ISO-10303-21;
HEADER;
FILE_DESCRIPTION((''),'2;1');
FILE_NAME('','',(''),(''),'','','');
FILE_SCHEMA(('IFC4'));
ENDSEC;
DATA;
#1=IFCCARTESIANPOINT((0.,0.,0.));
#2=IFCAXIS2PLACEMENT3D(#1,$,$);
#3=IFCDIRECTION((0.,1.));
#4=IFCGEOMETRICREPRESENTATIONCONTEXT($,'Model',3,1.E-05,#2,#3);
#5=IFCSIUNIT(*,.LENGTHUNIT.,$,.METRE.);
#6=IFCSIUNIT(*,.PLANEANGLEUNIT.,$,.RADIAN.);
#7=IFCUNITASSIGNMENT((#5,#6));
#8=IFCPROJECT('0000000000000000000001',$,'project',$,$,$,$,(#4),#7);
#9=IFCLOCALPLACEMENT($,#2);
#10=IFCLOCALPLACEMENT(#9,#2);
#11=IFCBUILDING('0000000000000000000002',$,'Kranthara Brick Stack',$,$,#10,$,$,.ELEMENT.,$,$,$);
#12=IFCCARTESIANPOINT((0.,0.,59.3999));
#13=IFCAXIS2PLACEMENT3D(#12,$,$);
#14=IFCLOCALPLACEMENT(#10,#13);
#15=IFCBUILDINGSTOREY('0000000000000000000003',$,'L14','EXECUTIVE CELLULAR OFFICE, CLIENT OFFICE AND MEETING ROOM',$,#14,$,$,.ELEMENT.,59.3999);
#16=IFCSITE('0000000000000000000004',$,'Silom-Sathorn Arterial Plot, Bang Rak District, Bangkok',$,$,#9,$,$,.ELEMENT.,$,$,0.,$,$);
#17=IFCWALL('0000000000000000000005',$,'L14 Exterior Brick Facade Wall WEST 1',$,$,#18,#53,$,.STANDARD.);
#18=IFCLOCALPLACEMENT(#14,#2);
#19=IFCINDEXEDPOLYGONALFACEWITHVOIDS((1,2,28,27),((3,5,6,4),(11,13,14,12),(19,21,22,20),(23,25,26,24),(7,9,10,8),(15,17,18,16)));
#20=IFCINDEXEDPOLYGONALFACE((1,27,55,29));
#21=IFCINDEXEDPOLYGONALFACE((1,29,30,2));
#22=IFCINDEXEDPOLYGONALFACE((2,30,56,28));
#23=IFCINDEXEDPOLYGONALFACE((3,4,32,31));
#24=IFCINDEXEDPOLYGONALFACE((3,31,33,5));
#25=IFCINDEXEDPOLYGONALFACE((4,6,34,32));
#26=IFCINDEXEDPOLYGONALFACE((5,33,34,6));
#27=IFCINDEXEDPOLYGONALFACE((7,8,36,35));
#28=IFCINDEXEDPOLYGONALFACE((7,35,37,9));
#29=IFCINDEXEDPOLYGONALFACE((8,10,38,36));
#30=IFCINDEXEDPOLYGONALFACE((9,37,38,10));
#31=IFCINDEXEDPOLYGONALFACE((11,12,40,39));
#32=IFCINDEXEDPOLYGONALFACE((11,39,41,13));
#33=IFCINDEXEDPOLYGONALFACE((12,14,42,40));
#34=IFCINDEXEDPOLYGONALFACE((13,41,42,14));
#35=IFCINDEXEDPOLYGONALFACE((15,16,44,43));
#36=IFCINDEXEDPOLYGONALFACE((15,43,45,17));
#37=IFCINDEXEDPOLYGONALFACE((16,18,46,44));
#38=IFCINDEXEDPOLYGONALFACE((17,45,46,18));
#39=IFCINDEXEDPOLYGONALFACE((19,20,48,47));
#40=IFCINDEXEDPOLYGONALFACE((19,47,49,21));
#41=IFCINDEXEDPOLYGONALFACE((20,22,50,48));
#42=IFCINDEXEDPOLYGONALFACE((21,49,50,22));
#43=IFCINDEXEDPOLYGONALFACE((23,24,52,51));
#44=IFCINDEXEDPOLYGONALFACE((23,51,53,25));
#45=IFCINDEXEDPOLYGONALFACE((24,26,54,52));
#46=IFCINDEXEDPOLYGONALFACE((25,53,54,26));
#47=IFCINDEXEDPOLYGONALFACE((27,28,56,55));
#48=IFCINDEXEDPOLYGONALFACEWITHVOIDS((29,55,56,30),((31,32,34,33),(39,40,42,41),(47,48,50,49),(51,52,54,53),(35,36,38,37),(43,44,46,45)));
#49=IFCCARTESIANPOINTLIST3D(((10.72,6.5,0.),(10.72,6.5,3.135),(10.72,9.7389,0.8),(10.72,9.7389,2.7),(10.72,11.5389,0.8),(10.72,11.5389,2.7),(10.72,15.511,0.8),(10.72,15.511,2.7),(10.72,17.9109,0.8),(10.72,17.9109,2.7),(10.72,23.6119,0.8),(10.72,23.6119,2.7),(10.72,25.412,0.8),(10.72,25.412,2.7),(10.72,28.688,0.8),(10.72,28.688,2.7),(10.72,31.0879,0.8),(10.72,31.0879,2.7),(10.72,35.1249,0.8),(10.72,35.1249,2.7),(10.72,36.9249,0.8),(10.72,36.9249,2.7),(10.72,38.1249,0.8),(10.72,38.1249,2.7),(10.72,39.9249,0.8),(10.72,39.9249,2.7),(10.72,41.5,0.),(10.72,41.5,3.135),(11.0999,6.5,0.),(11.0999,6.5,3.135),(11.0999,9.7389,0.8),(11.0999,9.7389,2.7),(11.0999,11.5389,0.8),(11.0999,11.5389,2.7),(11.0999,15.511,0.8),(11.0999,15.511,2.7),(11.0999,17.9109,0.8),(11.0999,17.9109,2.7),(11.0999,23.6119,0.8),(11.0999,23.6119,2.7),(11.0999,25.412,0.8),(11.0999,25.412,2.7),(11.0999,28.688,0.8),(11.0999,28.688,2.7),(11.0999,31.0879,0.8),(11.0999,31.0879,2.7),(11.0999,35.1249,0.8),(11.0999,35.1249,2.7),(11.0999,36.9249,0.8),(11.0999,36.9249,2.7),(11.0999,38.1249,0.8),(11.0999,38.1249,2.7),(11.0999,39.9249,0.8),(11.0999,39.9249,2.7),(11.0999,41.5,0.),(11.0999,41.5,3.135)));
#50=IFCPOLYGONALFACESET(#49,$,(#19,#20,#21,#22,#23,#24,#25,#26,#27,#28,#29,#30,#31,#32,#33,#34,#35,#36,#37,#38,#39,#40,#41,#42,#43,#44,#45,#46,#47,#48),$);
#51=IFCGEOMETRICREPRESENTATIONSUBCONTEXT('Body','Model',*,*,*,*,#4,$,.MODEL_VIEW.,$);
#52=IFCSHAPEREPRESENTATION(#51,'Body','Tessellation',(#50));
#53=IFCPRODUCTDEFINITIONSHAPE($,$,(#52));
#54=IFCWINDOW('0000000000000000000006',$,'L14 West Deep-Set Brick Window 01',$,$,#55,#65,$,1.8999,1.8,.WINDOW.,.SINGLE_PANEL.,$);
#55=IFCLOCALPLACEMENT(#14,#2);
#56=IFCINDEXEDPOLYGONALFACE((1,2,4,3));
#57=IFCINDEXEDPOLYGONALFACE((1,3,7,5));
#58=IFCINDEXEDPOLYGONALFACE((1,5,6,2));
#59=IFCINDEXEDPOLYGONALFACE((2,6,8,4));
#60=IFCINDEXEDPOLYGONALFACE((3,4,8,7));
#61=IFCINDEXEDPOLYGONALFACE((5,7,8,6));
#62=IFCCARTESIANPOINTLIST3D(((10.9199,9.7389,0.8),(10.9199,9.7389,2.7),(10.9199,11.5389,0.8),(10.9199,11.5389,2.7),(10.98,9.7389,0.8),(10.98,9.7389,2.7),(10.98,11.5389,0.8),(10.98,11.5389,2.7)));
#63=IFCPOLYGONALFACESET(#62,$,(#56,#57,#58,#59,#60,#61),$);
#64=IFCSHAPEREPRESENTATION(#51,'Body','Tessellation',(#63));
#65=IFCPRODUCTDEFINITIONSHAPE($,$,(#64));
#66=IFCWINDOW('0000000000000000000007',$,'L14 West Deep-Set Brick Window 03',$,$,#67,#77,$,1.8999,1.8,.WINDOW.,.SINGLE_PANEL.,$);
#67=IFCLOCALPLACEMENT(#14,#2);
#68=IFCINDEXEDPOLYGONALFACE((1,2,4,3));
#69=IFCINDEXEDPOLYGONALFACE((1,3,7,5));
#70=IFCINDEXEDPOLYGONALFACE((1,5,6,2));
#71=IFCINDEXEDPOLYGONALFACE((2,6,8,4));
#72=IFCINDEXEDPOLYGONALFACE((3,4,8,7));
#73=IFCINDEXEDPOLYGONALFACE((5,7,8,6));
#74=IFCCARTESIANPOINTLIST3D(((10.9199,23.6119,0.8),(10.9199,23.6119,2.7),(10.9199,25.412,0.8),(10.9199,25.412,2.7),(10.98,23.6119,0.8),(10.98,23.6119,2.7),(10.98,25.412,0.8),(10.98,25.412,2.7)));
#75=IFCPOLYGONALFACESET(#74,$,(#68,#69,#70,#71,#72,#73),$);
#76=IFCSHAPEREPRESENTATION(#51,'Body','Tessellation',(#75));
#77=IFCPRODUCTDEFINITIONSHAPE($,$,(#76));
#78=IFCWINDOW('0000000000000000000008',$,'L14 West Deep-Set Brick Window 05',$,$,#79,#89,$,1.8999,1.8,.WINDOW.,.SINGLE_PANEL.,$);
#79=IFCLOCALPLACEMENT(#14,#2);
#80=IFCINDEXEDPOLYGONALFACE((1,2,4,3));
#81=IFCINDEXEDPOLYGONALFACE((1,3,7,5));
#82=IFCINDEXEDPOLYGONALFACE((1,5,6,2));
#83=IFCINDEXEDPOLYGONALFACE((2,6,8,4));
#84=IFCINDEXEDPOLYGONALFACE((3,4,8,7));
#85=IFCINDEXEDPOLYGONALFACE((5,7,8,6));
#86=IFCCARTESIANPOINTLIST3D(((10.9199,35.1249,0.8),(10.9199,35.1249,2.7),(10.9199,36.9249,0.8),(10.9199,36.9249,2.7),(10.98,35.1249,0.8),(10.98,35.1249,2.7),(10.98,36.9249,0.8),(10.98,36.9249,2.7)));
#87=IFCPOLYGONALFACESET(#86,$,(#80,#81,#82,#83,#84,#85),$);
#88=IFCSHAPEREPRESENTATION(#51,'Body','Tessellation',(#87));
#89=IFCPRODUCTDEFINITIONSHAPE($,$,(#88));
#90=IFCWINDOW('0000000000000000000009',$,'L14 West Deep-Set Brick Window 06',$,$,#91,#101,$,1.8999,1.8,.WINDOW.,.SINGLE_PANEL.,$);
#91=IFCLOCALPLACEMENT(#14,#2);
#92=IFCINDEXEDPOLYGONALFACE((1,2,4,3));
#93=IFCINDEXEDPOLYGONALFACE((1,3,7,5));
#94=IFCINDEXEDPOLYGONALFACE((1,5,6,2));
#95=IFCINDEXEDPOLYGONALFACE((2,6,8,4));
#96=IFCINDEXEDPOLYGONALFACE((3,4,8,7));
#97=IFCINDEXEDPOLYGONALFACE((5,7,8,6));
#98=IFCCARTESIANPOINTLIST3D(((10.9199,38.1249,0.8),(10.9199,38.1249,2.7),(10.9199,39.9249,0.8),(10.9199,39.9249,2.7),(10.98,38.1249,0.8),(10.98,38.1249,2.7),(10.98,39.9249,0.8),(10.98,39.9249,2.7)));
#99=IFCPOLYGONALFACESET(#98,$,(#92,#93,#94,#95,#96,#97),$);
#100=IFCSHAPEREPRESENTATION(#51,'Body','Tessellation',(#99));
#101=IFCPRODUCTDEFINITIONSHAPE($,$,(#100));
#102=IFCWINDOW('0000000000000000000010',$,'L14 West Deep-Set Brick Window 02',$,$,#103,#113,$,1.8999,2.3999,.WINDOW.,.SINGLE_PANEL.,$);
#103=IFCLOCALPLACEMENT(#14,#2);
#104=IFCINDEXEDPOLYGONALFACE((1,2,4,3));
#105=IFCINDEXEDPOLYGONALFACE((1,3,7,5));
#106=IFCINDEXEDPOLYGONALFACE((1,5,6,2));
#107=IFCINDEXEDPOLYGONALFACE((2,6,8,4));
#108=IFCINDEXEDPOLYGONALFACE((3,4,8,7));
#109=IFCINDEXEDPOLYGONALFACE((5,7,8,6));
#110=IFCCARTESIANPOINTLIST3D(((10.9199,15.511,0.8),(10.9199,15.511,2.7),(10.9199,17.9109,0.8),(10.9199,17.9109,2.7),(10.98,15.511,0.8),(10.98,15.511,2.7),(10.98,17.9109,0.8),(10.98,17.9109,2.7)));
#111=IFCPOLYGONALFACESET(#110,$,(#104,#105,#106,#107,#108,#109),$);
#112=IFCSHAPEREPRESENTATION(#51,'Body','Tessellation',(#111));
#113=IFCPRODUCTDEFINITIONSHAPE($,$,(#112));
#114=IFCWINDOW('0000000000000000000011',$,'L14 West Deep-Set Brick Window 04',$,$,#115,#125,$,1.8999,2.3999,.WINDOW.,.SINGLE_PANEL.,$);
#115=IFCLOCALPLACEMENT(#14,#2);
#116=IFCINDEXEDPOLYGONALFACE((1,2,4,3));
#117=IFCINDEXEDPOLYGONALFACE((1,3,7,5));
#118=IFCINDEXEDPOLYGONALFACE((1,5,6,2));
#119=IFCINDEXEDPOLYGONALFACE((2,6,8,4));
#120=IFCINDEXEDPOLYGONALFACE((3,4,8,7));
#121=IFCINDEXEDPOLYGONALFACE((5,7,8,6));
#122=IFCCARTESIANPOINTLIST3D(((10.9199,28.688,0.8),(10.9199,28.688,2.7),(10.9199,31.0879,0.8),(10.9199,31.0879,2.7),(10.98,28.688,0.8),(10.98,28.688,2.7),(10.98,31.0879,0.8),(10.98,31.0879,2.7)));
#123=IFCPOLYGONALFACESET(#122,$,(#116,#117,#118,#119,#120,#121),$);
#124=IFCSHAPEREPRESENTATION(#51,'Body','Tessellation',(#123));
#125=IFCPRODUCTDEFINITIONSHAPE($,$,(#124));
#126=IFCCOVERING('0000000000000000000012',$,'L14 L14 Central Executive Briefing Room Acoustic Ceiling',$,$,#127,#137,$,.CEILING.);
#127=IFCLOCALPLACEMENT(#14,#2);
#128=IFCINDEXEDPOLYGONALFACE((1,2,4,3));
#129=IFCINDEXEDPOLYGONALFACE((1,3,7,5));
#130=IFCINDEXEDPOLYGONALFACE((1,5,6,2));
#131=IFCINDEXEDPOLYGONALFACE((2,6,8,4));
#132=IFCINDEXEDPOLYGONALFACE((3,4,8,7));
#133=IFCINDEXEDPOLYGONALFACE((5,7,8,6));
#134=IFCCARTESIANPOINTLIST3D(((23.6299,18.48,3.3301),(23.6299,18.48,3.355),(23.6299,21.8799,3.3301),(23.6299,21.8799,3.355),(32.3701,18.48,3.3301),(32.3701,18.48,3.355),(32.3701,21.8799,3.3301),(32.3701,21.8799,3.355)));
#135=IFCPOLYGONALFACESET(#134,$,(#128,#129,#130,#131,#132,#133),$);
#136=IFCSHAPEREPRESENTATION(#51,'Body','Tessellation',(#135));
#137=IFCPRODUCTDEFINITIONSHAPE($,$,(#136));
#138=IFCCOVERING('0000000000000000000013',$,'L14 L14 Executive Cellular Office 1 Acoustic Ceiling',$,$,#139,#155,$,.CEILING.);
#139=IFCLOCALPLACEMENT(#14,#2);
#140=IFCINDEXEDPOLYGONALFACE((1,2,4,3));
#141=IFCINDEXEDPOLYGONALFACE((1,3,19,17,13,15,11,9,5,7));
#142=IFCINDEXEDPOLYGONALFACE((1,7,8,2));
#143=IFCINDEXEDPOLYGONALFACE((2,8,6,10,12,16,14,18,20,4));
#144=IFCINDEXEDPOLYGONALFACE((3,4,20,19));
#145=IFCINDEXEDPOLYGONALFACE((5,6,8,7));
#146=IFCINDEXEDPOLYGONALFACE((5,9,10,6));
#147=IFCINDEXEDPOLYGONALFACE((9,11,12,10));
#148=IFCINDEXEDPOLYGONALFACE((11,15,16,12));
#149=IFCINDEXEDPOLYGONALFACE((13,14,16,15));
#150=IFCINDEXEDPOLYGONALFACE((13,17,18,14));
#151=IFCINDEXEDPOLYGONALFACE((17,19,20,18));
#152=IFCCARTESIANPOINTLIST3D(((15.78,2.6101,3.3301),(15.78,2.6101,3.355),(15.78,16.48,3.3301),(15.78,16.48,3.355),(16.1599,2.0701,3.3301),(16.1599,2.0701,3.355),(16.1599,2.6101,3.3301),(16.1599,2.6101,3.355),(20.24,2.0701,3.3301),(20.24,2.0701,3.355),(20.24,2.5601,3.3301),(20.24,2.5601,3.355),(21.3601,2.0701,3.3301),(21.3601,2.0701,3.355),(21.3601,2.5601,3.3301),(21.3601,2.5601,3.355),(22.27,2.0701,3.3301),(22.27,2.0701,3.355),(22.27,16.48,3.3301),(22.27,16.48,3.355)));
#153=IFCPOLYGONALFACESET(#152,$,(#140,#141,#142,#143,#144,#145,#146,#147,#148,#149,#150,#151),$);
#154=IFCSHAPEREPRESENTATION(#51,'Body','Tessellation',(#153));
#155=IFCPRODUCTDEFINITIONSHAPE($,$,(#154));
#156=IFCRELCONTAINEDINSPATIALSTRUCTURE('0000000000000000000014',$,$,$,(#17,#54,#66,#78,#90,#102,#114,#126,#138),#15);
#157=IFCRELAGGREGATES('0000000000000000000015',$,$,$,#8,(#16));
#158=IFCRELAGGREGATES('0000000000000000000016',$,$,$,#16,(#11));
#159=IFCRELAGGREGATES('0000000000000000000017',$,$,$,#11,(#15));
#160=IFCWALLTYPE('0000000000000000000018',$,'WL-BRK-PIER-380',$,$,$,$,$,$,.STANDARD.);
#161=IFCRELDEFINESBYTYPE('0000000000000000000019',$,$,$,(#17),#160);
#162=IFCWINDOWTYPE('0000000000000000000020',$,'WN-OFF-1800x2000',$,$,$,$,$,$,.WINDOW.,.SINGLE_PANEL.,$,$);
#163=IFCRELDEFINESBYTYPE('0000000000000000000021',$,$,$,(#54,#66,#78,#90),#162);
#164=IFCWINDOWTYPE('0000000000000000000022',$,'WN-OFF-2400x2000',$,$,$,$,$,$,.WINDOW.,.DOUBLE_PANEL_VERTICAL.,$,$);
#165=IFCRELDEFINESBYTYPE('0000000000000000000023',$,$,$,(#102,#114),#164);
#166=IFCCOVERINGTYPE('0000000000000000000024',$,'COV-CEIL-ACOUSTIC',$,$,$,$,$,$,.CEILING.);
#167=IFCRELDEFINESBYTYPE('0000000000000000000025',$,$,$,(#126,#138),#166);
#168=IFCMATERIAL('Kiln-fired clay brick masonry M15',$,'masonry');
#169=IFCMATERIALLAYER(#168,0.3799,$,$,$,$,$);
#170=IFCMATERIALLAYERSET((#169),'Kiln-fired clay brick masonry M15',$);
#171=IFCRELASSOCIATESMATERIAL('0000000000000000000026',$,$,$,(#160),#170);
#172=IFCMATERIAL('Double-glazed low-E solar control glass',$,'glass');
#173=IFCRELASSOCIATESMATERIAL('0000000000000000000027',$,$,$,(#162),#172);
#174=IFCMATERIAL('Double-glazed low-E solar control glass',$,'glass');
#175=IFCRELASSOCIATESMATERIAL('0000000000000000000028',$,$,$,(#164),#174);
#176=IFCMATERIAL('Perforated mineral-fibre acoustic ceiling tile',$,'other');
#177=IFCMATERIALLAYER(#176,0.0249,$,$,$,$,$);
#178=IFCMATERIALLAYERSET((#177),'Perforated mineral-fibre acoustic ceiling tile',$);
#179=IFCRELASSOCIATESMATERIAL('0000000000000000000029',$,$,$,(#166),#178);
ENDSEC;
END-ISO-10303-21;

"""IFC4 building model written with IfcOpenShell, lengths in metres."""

from ifc_helpers import new_model, si_unit, direction, frame, frame_2d, origin, place, context, subcontext, project, spatial, polyline, rectangle, outline, extrude, material, layer, layer_set, type_object, element, fill, save


model = new_model("IFC4")

# Units and contexts
model_context = context("Model", 3, precision=1e-05, world=origin(), true_north=direction((0.0, 1.0)))
body_context = subcontext(model_context, "Body", "Model", "MODEL_VIEW")
ifc_project = project(units=[si_unit("LENGTHUNIT", "METRE"), si_unit("PLANEANGLEUNIT", "RADIAN")], contexts=[model_context])

# Site, building, storey
site_placement = place(None, origin())
site = spatial("IfcSite", under=ifc_project, at=site_placement, Name="Silom-Sathorn Arterial Plot, Bang Rak District, Bangkok", CompositionType="ELEMENT", RefElevation=0.0)
building_placement = place(site_placement, origin())
building = spatial("IfcBuilding", under=site, at=building_placement, Name="Kranthara Brick Stack", CompositionType="ELEMENT")
storey_placement = place(building_placement, frame((0.0, 0.0, 59.3999)))
storey = spatial("IfcBuildingStorey", under=building, at=storey_placement, Name="L14", Description="EXECUTIVE CELLULAR OFFICE, CLIENT OFFICE AND MEETING ROOM", CompositionType="ELEMENT", Elevation=59.3999)

# Wall, openings, windows
ifc_material_1 = material(Name="Kiln-fired clay brick masonry M15", Category="masonry")
ifc_layer_1 = layer(ifc_material_1, 0.3799)
ifc_layer_set_1 = layer_set([ifc_layer_1], Name="Kiln-fired clay brick masonry M15")
wall_type = type_object("IfcWallType", Name="WL-BRK-PIER-380", PredefinedType="STANDARD", material=ifc_layer_set_1)
wall_placement = place(storey_placement, frame((10.9099, 6.5, 0.0), z_axis=(0.0, 0.0, 1.0), x_axis=(0.0, 1.0, 0.0)))
wall = element("IfcWall", 1, at=wall_placement, inside=storey, type_object=wall_type, Name="L14 Exterior Brick Facade Wall WEST 1", PredefinedType="STANDARD", context=body_context, shape_type="SweptSolid", body=[
    extrude(rectangle(XDim=35.0, YDim=0.3799, at=frame_2d((17.5, 0.0))), origin(), (0.0, 0.0, 1.0), 3.135),
])
opening_1_placement = place(wall_placement, frame((3.239, 0.0, 0.8)))
opening_1 = element("IfcOpeningElement", 2, at=opening_1_placement, cuts=wall, PredefinedType="OPENING", context=body_context, shape_type="SweptSolid", body=[
    extrude(rectangle(XDim=1.8, YDim=1.8999, at=frame_2d((0.8999, 0.95))), frame((0.0, 0.2, 0.0), z_axis=(0.0, -1.0, 0.0), x_axis=(1.0, 0.0, 0.0)), (0.0, 0.0, 1.0), 0.3999),
])
opening_2_placement = place(wall_placement, frame((9.011, 0.0, 0.8)))
opening_2 = element("IfcOpeningElement", 3, at=opening_2_placement, cuts=wall, PredefinedType="OPENING", context=body_context, shape_type="SweptSolid", body=[
    extrude(rectangle(XDim=2.3999, YDim=1.8999, at=frame_2d((1.2, 0.95))), frame((0.0, 0.2, 0.0), z_axis=(0.0, -1.0, 0.0), x_axis=(1.0, 0.0, 0.0)), (0.0, 0.0, 1.0), 0.3999),
])
opening_3_placement = place(wall_placement, frame((17.1121, 0.0, 0.8)))
opening_3 = element("IfcOpeningElement", 4, at=opening_3_placement, cuts=wall, PredefinedType="OPENING", context=body_context, shape_type="SweptSolid", body=[
    extrude(rectangle(XDim=1.8, YDim=1.8999, at=frame_2d((0.8999, 0.95))), frame((0.0, 0.2, 0.0), z_axis=(0.0, -1.0, 0.0), x_axis=(1.0, 0.0, 0.0)), (0.0, 0.0, 1.0), 0.3999),
])
opening_4_placement = place(wall_placement, frame((22.188, 0.0, 0.8)))
opening_4 = element("IfcOpeningElement", 5, at=opening_4_placement, cuts=wall, PredefinedType="OPENING", context=body_context, shape_type="SweptSolid", body=[
    extrude(rectangle(XDim=2.3999, YDim=1.8999, at=frame_2d((1.2, 0.95))), frame((0.0, 0.2, 0.0), z_axis=(0.0, -1.0, 0.0), x_axis=(1.0, 0.0, 0.0)), (0.0, 0.0, 1.0), 0.3999),
])
opening_5_placement = place(wall_placement, frame((28.625, 0.0, 0.8)))
opening_5 = element("IfcOpeningElement", 6, at=opening_5_placement, cuts=wall, PredefinedType="OPENING", context=body_context, shape_type="SweptSolid", body=[
    extrude(rectangle(XDim=1.8, YDim=1.8999, at=frame_2d((0.8999, 0.95))), frame((0.0, 0.2, 0.0), z_axis=(0.0, -1.0, 0.0), x_axis=(1.0, 0.0, 0.0)), (0.0, 0.0, 1.0), 0.3999),
])
opening_6_placement = place(wall_placement, frame((31.625, 0.0, 0.8)))
opening_6 = element("IfcOpeningElement", 7, at=opening_6_placement, cuts=wall, PredefinedType="OPENING", context=body_context, shape_type="SweptSolid", body=[
    extrude(rectangle(XDim=1.8, YDim=1.8999, at=frame_2d((0.8999, 0.95))), frame((0.0, 0.2, 0.0), z_axis=(0.0, -1.0, 0.0), x_axis=(1.0, 0.0, 0.0)), (0.0, 0.0, 1.0), 0.3999),
])
ifc_material_2 = material(Name="Double-glazed low-E solar control glass", Category="glass")
window_type_1 = type_object("IfcWindowType", Name="WN-OFF-1800x2000", PartitioningType="SINGLE_PANEL", PredefinedType="WINDOW", material=ifc_material_2)
window_1_placement = place(opening_1_placement, origin())
window_1 = element("IfcWindow", 8, at=window_1_placement, inside=storey, type_object=window_type_1, Name="L14 West Deep-Set Brick Window 01", OverallHeight=1.8999, OverallWidth=1.8, PartitioningType="SINGLE_PANEL", PredefinedType="WINDOW", context=body_context, shape_type="SweptSolid", body=[
    extrude(rectangle(XDim=1.8, YDim=1.8999, at=frame_2d((0.8999, 0.95))), frame((0.0, -0.01, 0.0), z_axis=(0.0, -1.0, 0.0), x_axis=(1.0, 0.0, 0.0)), (0.0, 0.0, 1.0), 0.0601),
])
fill(opening_1, window_1)
window_2_placement = place(opening_3_placement, origin())
window_2 = element("IfcWindow", 9, at=window_2_placement, inside=storey, type_object=window_type_1, Name="L14 West Deep-Set Brick Window 03", OverallHeight=1.8999, OverallWidth=1.8, PartitioningType="SINGLE_PANEL", PredefinedType="WINDOW", context=body_context, shape_type="SweptSolid", body=[
    extrude(rectangle(XDim=1.8, YDim=1.8999, at=frame_2d((0.8999, 0.95))), frame((0.0, -0.01, 0.0), z_axis=(0.0, -1.0, 0.0), x_axis=(1.0, 0.0, 0.0)), (0.0, 0.0, 1.0), 0.0601),
])
fill(opening_3, window_2)
window_3_placement = place(opening_5_placement, origin())
window_3 = element("IfcWindow", 10, at=window_3_placement, inside=storey, type_object=window_type_1, Name="L14 West Deep-Set Brick Window 05", OverallHeight=1.8999, OverallWidth=1.8, PartitioningType="SINGLE_PANEL", PredefinedType="WINDOW", context=body_context, shape_type="SweptSolid", body=[
    extrude(rectangle(XDim=1.8, YDim=1.8999, at=frame_2d((0.8999, 0.95))), frame((0.0, -0.01, 0.0), z_axis=(0.0, -1.0, 0.0), x_axis=(1.0, 0.0, 0.0)), (0.0, 0.0, 1.0), 0.0601),
])
fill(opening_5, window_3)
window_4_placement = place(opening_6_placement, origin())
window_4 = element("IfcWindow", 11, at=window_4_placement, inside=storey, type_object=window_type_1, Name="L14 West Deep-Set Brick Window 06", OverallHeight=1.8999, OverallWidth=1.8, PartitioningType="SINGLE_PANEL", PredefinedType="WINDOW", context=body_context, shape_type="SweptSolid", body=[
    extrude(rectangle(XDim=1.8, YDim=1.8999, at=frame_2d((0.8999, 0.95))), frame((0.0, -0.01, 0.0), z_axis=(0.0, -1.0, 0.0), x_axis=(1.0, 0.0, 0.0)), (0.0, 0.0, 1.0), 0.0601),
])
fill(opening_6, window_4)
ifc_material_3 = material(Name="Double-glazed low-E solar control glass", Category="glass")
window_type_2 = type_object("IfcWindowType", Name="WN-OFF-2400x2000", PartitioningType="DOUBLE_PANEL_VERTICAL", PredefinedType="WINDOW", material=ifc_material_3)
window_5_placement = place(opening_2_placement, origin())
window_5 = element("IfcWindow", 12, at=window_5_placement, inside=storey, type_object=window_type_2, Name="L14 West Deep-Set Brick Window 02", OverallHeight=1.8999, OverallWidth=2.3999, PartitioningType="SINGLE_PANEL", PredefinedType="WINDOW", context=body_context, shape_type="SweptSolid", body=[
    extrude(rectangle(XDim=2.3999, YDim=1.8999, at=frame_2d((1.2, 0.95))), frame((0.0, -0.01, 0.0), z_axis=(0.0, -1.0, 0.0), x_axis=(1.0, 0.0, 0.0)), (0.0, 0.0, 1.0), 0.0601),
])
fill(opening_2, window_5)
window_6_placement = place(opening_4_placement, origin())
window_6 = element("IfcWindow", 13, at=window_6_placement, inside=storey, type_object=window_type_2, Name="L14 West Deep-Set Brick Window 04", OverallHeight=1.8999, OverallWidth=2.3999, PartitioningType="SINGLE_PANEL", PredefinedType="WINDOW", context=body_context, shape_type="SweptSolid", body=[
    extrude(rectangle(XDim=2.3999, YDim=1.8999, at=frame_2d((1.2, 0.95))), frame((0.0, -0.01, 0.0), z_axis=(0.0, -1.0, 0.0), x_axis=(1.0, 0.0, 0.0)), (0.0, 0.0, 1.0), 0.0601),
])
fill(opening_4, window_6)

# Coverings
ifc_material_4 = material(Name="Perforated mineral-fibre acoustic ceiling tile", Category="other")
ifc_layer_2 = layer(ifc_material_4, 0.0249)
ifc_layer_set_2 = layer_set([ifc_layer_2], Name="Perforated mineral-fibre acoustic ceiling tile")
covering_type_1 = type_object("IfcCoveringType", Name="COV-CEIL-ACOUSTIC", PredefinedType="CEILING", material=ifc_layer_set_2)
covering_1_placement = place(storey_placement, frame((0.0, 0.0, 3.3301)))
element("IfcCovering", 14, at=covering_1_placement, inside=storey, type_object=covering_type_1, Name="L14 L14 Central Executive Briefing Room Acoustic Ceiling", PredefinedType="CEILING", context=body_context, shape_type="SweptSolid", body=[
    extrude(outline(polyline([(32.3701, 18.48), (32.3701, 21.8799), (23.6299, 21.8799), (23.6299, 18.48), (32.3701, 18.48)])), origin(), (0.0, 0.0, 1.0), 0.0249),
])
covering_2_placement = place(storey_placement, frame((0.0, 0.0, 3.3301)))
element("IfcCovering", 15, at=covering_2_placement, inside=storey, type_object=covering_type_1, Name="L14 L14 Executive Cellular Office 1 Acoustic Ceiling", PredefinedType="CEILING", context=body_context, shape_type="SweptSolid", body=[
    extrude(outline(polyline([(22.27, 16.48), (22.27, 2.0701), (21.3601, 2.0701), (21.3601, 2.5601), (20.24, 2.5601), (20.24, 2.0701), (16.1599, 2.0701), (16.1599, 2.6101), (15.78, 2.6101), (15.78, 16.48), (22.27, 16.48)])), origin(), (0.0, 0.0, 1.0), 0.0249),
])

save(model, "model.ifc")
